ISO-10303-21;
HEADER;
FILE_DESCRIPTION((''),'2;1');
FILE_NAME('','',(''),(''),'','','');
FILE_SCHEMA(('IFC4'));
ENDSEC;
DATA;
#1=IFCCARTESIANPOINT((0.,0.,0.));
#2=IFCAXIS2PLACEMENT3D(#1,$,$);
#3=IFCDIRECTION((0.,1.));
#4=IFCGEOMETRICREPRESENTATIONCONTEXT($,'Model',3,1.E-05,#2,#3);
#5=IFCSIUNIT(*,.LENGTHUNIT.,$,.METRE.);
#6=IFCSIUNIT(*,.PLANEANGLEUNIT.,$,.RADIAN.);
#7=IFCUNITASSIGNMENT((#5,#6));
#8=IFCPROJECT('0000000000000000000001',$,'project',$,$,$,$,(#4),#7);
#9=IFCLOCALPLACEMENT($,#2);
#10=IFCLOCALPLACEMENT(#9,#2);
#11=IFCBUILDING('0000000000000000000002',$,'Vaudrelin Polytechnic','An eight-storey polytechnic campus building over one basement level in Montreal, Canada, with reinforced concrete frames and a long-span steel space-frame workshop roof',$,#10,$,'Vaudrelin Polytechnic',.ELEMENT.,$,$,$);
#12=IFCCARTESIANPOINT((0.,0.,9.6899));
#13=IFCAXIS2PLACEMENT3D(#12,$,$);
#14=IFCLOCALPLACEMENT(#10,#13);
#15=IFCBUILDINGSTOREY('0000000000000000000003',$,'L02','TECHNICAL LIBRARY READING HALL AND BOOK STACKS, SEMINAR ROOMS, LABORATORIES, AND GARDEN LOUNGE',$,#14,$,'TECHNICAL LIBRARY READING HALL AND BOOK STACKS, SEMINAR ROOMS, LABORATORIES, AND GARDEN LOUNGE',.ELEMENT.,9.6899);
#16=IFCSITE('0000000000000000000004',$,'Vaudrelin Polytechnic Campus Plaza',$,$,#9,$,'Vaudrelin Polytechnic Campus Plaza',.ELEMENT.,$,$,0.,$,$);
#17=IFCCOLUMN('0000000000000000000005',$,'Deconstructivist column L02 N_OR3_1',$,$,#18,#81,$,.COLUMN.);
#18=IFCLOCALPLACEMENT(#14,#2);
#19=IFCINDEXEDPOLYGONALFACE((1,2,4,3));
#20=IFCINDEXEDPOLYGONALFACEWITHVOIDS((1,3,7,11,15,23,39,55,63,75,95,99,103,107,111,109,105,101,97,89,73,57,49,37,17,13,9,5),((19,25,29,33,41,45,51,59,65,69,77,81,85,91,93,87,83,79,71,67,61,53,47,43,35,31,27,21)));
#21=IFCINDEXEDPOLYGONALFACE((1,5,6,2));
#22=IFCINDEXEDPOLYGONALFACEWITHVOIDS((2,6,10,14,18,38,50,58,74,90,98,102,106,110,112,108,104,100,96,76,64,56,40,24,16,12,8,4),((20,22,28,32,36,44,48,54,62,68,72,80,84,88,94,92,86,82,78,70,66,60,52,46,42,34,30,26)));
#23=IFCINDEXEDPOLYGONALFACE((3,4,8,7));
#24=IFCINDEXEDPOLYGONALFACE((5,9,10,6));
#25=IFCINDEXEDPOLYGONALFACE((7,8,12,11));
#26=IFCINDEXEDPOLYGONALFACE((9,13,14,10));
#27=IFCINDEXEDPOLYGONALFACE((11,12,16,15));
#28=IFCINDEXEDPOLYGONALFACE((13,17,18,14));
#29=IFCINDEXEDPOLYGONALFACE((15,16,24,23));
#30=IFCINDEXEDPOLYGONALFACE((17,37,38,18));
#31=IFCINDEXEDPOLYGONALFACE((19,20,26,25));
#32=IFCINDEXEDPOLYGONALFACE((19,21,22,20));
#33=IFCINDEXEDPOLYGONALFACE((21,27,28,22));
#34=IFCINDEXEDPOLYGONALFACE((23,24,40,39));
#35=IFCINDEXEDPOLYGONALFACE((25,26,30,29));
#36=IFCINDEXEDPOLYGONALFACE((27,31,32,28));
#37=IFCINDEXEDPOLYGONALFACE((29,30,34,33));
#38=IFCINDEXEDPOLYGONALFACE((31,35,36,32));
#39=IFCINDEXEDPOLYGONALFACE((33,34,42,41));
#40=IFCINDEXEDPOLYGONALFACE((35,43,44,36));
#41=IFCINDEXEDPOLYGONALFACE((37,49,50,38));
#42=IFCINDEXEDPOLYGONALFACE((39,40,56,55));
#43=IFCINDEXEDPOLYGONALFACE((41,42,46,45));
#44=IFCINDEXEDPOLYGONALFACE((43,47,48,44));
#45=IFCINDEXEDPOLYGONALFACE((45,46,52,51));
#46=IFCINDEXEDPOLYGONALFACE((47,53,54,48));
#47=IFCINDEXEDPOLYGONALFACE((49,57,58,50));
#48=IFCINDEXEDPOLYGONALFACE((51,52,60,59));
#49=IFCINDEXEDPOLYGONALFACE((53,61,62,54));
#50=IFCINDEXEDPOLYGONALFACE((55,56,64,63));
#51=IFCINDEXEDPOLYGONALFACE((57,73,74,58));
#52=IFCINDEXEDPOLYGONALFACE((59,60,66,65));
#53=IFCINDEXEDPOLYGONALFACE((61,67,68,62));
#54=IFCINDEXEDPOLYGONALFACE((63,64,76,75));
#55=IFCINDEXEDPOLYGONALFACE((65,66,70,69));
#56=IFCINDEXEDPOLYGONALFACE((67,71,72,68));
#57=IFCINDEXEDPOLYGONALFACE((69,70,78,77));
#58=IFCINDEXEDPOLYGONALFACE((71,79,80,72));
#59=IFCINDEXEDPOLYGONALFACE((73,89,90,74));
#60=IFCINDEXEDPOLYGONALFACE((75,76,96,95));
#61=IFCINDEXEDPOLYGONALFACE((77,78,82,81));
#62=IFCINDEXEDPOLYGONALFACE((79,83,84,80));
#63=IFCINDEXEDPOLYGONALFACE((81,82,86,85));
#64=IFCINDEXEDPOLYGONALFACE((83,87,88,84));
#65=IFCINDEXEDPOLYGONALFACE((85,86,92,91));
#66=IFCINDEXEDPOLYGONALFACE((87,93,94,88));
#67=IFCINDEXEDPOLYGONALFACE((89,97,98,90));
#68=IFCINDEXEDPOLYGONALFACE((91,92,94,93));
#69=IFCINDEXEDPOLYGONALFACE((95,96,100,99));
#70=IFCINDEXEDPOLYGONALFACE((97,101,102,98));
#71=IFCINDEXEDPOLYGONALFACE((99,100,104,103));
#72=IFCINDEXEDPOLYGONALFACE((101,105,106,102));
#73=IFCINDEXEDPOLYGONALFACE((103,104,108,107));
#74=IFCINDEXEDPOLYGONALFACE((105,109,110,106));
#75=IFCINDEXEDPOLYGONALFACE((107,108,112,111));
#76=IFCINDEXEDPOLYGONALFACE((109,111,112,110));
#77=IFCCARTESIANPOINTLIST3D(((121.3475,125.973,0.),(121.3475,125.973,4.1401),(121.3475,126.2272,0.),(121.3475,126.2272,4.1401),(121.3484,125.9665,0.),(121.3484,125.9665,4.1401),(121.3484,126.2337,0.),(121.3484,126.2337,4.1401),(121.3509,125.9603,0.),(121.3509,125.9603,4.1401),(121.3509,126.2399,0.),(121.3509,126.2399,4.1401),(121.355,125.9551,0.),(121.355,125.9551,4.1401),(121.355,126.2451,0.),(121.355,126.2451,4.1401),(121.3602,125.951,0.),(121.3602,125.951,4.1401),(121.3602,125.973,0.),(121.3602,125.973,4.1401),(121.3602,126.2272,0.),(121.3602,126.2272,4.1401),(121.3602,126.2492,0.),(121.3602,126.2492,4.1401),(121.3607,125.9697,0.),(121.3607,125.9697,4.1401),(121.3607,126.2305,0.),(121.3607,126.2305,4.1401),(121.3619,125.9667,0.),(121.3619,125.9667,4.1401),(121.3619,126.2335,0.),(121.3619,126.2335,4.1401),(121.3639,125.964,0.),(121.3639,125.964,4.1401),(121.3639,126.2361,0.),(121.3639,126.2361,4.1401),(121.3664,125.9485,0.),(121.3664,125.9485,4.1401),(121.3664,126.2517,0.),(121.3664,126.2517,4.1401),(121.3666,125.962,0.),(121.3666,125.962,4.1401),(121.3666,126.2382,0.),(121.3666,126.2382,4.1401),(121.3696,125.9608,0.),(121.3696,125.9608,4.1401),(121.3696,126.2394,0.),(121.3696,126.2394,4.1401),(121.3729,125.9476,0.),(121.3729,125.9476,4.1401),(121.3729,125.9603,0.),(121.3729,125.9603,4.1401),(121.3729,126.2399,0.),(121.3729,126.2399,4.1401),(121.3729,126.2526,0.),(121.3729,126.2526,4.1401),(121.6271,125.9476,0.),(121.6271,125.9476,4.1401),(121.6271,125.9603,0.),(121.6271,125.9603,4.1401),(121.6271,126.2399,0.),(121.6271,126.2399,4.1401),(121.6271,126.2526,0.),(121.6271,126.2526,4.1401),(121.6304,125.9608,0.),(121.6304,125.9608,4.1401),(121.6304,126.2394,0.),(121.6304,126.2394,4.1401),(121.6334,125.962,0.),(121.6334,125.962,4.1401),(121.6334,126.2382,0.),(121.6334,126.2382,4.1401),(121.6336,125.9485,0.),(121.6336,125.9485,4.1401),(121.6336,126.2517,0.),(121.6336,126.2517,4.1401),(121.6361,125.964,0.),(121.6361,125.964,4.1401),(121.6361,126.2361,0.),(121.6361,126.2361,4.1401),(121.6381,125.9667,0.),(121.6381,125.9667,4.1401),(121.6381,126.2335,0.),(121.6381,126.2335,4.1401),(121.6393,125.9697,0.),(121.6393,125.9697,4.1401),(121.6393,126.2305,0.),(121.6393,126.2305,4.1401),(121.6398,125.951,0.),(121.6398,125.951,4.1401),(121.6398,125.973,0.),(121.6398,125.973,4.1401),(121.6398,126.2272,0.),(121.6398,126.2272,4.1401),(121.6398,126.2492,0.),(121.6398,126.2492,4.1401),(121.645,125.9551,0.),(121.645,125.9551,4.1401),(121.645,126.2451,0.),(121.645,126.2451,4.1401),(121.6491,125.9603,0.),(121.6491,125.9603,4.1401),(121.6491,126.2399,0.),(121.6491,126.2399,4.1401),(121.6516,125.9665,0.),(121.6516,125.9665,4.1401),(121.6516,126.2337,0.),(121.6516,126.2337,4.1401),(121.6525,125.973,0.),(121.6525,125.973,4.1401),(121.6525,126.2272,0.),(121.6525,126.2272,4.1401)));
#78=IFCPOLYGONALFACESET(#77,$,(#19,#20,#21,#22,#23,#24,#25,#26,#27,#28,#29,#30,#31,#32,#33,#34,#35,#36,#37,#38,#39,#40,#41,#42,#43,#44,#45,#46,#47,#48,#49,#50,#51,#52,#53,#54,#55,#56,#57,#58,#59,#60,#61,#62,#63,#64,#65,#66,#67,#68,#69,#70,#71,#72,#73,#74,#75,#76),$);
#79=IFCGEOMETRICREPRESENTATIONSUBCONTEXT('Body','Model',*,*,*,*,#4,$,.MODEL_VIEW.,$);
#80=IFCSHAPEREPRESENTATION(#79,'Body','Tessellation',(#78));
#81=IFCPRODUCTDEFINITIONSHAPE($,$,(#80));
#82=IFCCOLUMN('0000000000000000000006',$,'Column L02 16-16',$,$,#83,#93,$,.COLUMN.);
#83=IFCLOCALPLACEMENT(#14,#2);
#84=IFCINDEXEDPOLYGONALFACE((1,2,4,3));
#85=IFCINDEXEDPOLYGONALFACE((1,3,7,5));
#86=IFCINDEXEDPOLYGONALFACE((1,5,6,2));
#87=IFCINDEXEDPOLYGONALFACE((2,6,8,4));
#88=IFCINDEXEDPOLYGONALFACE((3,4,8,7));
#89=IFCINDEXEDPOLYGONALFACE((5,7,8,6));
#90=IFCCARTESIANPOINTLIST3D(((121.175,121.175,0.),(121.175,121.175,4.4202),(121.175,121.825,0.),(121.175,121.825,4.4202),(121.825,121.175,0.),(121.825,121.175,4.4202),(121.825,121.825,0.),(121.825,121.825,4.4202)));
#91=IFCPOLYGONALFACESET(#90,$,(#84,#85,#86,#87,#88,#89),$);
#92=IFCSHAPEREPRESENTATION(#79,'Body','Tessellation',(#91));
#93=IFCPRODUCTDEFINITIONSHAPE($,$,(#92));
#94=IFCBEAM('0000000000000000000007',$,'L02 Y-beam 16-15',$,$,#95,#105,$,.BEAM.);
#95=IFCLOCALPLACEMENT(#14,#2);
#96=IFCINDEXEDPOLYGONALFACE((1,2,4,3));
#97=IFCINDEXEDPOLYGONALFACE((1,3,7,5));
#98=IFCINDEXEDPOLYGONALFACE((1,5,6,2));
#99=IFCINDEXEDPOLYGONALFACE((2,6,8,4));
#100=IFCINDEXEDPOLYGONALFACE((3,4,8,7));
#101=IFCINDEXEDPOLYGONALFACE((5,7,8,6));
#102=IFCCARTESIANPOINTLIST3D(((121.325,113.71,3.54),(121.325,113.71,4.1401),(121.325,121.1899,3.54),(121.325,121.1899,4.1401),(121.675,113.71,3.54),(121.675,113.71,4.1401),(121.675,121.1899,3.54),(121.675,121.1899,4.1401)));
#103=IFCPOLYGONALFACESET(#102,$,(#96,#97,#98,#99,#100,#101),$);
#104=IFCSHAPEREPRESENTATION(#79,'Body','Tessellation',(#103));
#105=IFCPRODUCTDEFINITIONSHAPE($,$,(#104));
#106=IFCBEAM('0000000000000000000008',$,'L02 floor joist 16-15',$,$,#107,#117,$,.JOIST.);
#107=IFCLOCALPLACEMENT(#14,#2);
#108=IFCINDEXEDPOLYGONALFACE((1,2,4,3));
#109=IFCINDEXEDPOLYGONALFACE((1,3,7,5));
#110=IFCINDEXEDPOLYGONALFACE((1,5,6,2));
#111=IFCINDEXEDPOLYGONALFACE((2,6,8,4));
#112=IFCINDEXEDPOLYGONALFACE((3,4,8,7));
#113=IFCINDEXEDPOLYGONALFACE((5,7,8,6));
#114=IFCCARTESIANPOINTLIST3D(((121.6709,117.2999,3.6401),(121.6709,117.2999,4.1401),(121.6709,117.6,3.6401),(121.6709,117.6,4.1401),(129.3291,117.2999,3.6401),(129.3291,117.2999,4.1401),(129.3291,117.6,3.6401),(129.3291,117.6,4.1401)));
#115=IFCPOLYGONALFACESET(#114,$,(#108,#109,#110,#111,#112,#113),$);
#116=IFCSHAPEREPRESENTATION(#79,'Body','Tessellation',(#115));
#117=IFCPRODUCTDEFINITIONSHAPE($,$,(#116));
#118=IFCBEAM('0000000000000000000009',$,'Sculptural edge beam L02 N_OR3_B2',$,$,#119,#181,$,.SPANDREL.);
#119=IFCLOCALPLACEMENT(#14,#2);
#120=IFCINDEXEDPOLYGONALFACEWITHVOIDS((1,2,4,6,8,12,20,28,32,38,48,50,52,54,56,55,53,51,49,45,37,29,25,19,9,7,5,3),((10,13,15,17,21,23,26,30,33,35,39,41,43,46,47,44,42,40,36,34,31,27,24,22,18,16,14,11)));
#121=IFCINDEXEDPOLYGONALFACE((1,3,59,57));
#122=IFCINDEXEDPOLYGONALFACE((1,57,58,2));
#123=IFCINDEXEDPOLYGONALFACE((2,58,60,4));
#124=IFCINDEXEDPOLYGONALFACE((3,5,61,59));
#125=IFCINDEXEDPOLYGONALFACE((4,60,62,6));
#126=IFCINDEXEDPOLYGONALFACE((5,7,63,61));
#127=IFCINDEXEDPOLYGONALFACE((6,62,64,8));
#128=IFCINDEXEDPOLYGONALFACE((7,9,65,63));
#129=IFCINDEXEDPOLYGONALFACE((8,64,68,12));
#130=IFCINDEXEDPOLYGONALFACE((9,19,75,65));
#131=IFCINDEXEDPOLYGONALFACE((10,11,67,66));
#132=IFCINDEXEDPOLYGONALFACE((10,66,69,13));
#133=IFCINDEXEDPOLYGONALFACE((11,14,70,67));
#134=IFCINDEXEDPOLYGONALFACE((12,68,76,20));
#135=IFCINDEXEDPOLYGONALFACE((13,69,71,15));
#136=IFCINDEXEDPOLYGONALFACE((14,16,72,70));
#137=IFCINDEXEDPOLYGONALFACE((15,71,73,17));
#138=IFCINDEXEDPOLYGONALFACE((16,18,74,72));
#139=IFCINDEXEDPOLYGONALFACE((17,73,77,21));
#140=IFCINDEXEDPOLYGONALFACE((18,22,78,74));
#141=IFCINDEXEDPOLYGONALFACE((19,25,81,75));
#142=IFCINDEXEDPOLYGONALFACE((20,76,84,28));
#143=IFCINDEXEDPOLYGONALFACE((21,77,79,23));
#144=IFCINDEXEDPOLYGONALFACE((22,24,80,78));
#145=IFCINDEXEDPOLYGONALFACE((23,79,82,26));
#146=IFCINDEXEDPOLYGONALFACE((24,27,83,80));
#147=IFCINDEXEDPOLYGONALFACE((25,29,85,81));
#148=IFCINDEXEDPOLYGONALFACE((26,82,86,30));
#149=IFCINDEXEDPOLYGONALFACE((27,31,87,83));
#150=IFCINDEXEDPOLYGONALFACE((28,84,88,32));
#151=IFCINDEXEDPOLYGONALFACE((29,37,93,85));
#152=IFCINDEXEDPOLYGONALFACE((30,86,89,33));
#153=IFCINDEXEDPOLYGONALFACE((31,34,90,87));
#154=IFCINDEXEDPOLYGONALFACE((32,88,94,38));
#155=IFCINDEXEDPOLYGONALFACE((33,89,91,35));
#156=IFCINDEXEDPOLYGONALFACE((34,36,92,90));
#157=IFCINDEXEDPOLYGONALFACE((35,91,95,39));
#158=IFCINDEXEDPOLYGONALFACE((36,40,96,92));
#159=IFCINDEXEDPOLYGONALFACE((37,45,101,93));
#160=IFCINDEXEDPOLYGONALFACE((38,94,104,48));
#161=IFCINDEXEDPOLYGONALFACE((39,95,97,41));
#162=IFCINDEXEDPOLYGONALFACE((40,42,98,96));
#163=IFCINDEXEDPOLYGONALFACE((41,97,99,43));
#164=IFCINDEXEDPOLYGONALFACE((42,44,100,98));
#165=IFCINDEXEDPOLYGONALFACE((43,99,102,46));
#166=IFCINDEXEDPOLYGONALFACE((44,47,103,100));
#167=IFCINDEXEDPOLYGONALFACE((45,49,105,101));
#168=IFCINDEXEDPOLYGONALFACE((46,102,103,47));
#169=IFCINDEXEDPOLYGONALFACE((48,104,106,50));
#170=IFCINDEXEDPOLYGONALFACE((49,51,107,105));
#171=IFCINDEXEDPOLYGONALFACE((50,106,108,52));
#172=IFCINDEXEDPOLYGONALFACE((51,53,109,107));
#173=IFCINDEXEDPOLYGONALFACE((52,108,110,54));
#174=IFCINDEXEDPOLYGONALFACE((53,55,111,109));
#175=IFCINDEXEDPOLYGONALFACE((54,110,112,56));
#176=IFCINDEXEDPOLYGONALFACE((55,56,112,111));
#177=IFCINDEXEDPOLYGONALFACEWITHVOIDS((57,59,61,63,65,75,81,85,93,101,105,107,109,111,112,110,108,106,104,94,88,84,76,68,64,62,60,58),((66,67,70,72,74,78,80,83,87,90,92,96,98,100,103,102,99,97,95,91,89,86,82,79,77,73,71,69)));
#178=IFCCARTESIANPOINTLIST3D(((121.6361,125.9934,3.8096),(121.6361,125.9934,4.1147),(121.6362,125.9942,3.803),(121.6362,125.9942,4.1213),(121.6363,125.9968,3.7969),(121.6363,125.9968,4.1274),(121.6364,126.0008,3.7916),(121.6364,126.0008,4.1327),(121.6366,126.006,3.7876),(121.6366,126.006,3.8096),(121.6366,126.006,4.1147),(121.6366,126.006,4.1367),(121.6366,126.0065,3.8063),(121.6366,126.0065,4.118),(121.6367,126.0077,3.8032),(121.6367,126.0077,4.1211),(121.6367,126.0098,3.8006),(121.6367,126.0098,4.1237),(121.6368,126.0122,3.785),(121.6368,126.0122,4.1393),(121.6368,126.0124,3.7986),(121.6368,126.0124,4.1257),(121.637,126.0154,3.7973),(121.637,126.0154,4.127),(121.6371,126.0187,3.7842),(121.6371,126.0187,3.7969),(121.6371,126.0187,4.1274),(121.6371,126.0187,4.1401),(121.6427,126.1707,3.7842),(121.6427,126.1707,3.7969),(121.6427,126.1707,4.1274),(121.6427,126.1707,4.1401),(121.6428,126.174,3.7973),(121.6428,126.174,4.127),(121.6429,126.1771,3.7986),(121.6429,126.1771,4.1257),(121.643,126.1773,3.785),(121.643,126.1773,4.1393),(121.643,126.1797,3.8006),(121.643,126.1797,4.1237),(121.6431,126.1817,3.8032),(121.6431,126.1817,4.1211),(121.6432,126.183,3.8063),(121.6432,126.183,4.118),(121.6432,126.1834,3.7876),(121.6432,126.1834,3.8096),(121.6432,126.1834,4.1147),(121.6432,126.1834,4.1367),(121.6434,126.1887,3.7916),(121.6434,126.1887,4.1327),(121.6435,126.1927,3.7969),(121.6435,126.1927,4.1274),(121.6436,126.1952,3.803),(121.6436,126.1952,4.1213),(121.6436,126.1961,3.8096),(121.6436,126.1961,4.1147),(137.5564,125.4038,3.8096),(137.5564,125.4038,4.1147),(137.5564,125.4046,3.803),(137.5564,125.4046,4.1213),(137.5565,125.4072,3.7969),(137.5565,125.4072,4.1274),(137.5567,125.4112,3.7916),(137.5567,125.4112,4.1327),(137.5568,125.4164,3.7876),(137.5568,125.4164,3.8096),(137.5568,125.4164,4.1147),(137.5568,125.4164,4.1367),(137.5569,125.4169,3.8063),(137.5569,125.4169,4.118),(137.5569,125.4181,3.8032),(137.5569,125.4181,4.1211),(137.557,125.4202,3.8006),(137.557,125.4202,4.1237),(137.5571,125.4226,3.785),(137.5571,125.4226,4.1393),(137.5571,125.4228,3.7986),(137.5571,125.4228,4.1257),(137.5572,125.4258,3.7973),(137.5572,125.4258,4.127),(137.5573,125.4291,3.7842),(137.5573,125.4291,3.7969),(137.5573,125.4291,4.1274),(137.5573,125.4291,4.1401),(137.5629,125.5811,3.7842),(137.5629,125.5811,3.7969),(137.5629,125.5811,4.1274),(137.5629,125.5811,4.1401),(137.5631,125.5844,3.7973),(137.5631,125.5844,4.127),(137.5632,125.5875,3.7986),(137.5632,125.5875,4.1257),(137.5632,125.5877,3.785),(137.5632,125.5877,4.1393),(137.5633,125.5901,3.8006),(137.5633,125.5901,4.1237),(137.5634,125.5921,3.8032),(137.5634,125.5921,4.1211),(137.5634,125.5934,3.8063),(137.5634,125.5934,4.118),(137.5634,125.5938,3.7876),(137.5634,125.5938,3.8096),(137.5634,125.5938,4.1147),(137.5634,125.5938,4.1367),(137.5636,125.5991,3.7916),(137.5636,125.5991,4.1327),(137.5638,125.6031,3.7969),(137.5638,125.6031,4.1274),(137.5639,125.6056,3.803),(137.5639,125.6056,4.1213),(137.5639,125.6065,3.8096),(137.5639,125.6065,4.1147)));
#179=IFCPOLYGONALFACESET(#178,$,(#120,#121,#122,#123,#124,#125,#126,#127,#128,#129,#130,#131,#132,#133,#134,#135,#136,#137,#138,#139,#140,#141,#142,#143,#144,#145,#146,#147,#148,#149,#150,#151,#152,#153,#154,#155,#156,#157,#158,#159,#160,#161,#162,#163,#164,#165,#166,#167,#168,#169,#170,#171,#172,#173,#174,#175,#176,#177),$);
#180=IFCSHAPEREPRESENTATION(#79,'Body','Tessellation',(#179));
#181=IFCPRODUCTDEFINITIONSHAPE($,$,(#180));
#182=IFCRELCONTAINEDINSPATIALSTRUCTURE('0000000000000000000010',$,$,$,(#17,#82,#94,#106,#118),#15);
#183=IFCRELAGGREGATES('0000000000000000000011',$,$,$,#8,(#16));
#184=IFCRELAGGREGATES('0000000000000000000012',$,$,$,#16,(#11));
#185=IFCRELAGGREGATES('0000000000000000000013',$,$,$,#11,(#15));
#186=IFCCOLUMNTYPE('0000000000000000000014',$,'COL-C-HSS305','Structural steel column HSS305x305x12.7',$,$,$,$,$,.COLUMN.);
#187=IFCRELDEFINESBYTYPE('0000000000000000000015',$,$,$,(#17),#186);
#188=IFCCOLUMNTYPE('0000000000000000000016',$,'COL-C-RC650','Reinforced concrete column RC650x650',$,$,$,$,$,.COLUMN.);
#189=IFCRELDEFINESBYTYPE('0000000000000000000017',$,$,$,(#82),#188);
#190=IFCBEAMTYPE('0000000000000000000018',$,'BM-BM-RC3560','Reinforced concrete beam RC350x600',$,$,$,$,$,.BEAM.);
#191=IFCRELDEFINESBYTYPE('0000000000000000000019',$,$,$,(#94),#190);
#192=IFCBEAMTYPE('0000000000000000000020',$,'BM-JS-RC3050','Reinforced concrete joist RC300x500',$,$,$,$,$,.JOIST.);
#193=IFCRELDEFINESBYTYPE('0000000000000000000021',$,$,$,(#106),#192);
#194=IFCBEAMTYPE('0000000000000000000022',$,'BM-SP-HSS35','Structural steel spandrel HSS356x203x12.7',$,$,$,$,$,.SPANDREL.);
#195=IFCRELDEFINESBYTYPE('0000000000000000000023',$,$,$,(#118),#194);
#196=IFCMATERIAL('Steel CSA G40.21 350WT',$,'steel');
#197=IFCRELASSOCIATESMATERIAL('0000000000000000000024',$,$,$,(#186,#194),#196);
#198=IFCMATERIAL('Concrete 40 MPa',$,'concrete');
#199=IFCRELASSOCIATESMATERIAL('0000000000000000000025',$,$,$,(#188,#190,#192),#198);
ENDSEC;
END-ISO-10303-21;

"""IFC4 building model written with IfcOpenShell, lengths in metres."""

from ifc_helpers import new_model, si_unit, direction, frame, origin, origin_2d, place, context, subcontext, project, spatial, rectangle, hollow_rectangle, extrude, material, material_profile, profile_set, type_object, element, save


model = new_model("IFC4")

# Units and contexts
model_context = context("Model", 3, precision=1e-05, world=origin(), true_north=direction((0.0, 1.0)))
body_context = subcontext(model_context, "Body", "Model", "MODEL_VIEW")
ifc_project = project(units=[si_unit("LENGTHUNIT", "METRE"), si_unit("PLANEANGLEUNIT", "RADIAN")], contexts=[model_context])

# Site, building, storey
site_placement = place(None, origin())
site = spatial("IfcSite", under=ifc_project, at=site_placement, Name="Vaudrelin Polytechnic Campus Plaza", LongName="Vaudrelin Polytechnic Campus Plaza", CompositionType="ELEMENT", RefElevation=0.0)
building_placement = place(site_placement, origin())
building = spatial("IfcBuilding", under=site, at=building_placement, Name="Vaudrelin Polytechnic", Description="An eight-storey polytechnic campus building over one basement level in Montreal, Canada, with reinforced concrete frames and a long-span steel space-frame workshop roof", LongName="Vaudrelin Polytechnic", CompositionType="ELEMENT")
storey_placement = place(building_placement, frame((0.0, 0.0, 9.6899)))
storey = spatial("IfcBuildingStorey", under=building, at=storey_placement, Name="L02", Description="TECHNICAL LIBRARY READING HALL AND BOOK STACKS, SEMINAR ROOMS, LABORATORIES, AND GARDEN LOUNGE", LongName="TECHNICAL LIBRARY READING HALL AND BOOK STACKS, SEMINAR ROOMS, LABORATORIES, AND GARDEN LOUNGE", CompositionType="ELEMENT", Elevation=9.6899)

# Columns
ifc_material_1 = material(Name="Steel CSA G40.21 350WT", Category="steel")
ifc_material_profile_1 = material_profile(ifc_material_1, hollow_rectangle(XDim=0.3049, YDim=0.3049, WallThickness=0.0127, InnerFilletRadius=0.0127, OuterFilletRadius=0.0254, at=origin_2d()), Name="HSS305x305x12.7")
ifc_profile_set_1 = profile_set([ifc_material_profile_1], Name="Steel CSA G40.21 350WT")
column_type_1 = type_object("IfcColumnType", Name="COL-C-HSS305", Description="Structural steel column HSS305x305x12.7", PredefinedType="COLUMN", material=ifc_profile_set_1)
column_1_placement = place(storey_placement, frame((121.5, 126.1001, 0.0), z_axis=(0.0, 0.0, 1.0), x_axis=(1.0, 0.0, 0.0)))
element("IfcColumn", 1, at=column_1_placement, inside=storey, type_object=column_type_1, Name="Deconstructivist column L02 N_OR3_1", PredefinedType="COLUMN", context=body_context, shape_type="SweptSolid", body=[
    extrude(hollow_rectangle(XDim=0.3049, YDim=0.3049, WallThickness=0.0127, InnerFilletRadius=0.0127, OuterFilletRadius=0.0254, at=origin_2d()), origin(), (0.0, 0.0, 1.0), 4.1401),
])
ifc_material_2 = material(Name="Concrete 40 MPa", Category="concrete")
ifc_material_profile_2 = material_profile(ifc_material_2, rectangle(XDim=0.6499, YDim=0.6499, at=origin_2d()), Name="RC650x650")
ifc_profile_set_2 = profile_set([ifc_material_profile_2], Name="Concrete 40 MPa")
column_type_2 = type_object("IfcColumnType", Name="COL-C-RC650", Description="Reinforced concrete column RC650x650", PredefinedType="COLUMN", material=ifc_profile_set_2)
column_2_placement = place(storey_placement, frame((121.5, 121.5, 0.0), z_axis=(0.0, 0.0, 1.0), x_axis=(1.0, 0.0, 0.0)))
element("IfcColumn", 2, at=column_2_placement, inside=storey, type_object=column_type_2, Name="Column L02 16-16", PredefinedType="COLUMN", context=body_context, shape_type="SweptSolid", body=[
    extrude(rectangle(XDim=0.6499, YDim=0.6499, at=origin_2d()), origin(), (0.0, 0.0, 1.0), 4.4202),
])

# Beams
ifc_material_profile_3 = material_profile(ifc_material_2, rectangle(XDim=0.3501, YDim=0.6001, at=origin_2d()), Name="RC350x600")
ifc_profile_set_3 = profile_set([ifc_material_profile_3], Name="Concrete 40 MPa")
beam_type_1 = type_object("IfcBeamType", Name="BM-BM-RC3560", Description="Reinforced concrete beam RC350x600", PredefinedType="BEAM", material=ifc_profile_set_3)
beam_1_placement = place(storey_placement, frame((121.5, 113.71, 3.8401), z_axis=(0.0, 1.0, 0.0), x_axis=(-1.0, 0.0, 0.0)))
element("IfcBeam", 3, at=beam_1_placement, inside=storey, type_object=beam_type_1, Name="L02 Y-beam 16-15", PredefinedType="BEAM", context=body_context, shape_type="SweptSolid", body=[
    extrude(rectangle(XDim=0.3501, YDim=0.6001, at=origin_2d()), origin(), (0.0, 0.0, 1.0), 7.48),
])
ifc_material_profile_4 = material_profile(ifc_material_2, rectangle(XDim=0.3, YDim=0.5, at=origin_2d()), Name="RC300x500")
ifc_profile_set_4 = profile_set([ifc_material_profile_4], Name="Concrete 40 MPa")
beam_type_2 = type_object("IfcBeamType", Name="BM-JS-RC3050", Description="Reinforced concrete joist RC300x500", PredefinedType="JOIST", material=ifc_profile_set_4)
beam_2_placement = place(storey_placement, frame((121.6709, 117.45, 3.8901), z_axis=(1.0, 0.0, 0.0), x_axis=(0.0, 1.0, 0.0)))
element("IfcBeam", 4, at=beam_2_placement, inside=storey, type_object=beam_type_2, Name="L02 floor joist 16-15", PredefinedType="JOIST", context=body_context, shape_type="SweptSolid", body=[
    extrude(rectangle(XDim=0.3, YDim=0.5, at=origin_2d()), origin(), (0.0, 0.0, 1.0), 7.6582),
])
ifc_material_profile_5 = material_profile(ifc_material_1, hollow_rectangle(XDim=0.2029, YDim=0.356, WallThickness=0.0127, InnerFilletRadius=0.0127, OuterFilletRadius=0.0254, at=origin_2d()), Name="HSS356x203x12.7")
ifc_profile_set_5 = profile_set([ifc_material_profile_5], Name="Steel CSA G40.21 350WT")
beam_type_3 = type_object("IfcBeamType", Name="BM-SP-HSS35", Description="Structural steel spandrel HSS356x203x12.7", PredefinedType="SPANDREL", material=ifc_profile_set_5)
beam_3_placement = place(storey_placement, frame((121.6399, 126.0947, 3.9622), z_axis=(0.999315, -0.037009, 0.0), x_axis=(0.037009, 0.999315, 0.0)))
element("IfcBeam", 5, at=beam_3_placement, inside=storey, type_object=beam_type_3, Name="Sculptural edge beam L02 N_OR3_B2", PredefinedType="SPANDREL", context=body_context, shape_type="SweptSolid", body=[
    extrude(hollow_rectangle(XDim=0.2029, YDim=0.356, WallThickness=0.0127, InnerFilletRadius=0.0127, OuterFilletRadius=0.0254, at=origin_2d()), origin(), (0.0, 0.0, 1.0), 15.9312),
])

save(model, "model.ifc")
